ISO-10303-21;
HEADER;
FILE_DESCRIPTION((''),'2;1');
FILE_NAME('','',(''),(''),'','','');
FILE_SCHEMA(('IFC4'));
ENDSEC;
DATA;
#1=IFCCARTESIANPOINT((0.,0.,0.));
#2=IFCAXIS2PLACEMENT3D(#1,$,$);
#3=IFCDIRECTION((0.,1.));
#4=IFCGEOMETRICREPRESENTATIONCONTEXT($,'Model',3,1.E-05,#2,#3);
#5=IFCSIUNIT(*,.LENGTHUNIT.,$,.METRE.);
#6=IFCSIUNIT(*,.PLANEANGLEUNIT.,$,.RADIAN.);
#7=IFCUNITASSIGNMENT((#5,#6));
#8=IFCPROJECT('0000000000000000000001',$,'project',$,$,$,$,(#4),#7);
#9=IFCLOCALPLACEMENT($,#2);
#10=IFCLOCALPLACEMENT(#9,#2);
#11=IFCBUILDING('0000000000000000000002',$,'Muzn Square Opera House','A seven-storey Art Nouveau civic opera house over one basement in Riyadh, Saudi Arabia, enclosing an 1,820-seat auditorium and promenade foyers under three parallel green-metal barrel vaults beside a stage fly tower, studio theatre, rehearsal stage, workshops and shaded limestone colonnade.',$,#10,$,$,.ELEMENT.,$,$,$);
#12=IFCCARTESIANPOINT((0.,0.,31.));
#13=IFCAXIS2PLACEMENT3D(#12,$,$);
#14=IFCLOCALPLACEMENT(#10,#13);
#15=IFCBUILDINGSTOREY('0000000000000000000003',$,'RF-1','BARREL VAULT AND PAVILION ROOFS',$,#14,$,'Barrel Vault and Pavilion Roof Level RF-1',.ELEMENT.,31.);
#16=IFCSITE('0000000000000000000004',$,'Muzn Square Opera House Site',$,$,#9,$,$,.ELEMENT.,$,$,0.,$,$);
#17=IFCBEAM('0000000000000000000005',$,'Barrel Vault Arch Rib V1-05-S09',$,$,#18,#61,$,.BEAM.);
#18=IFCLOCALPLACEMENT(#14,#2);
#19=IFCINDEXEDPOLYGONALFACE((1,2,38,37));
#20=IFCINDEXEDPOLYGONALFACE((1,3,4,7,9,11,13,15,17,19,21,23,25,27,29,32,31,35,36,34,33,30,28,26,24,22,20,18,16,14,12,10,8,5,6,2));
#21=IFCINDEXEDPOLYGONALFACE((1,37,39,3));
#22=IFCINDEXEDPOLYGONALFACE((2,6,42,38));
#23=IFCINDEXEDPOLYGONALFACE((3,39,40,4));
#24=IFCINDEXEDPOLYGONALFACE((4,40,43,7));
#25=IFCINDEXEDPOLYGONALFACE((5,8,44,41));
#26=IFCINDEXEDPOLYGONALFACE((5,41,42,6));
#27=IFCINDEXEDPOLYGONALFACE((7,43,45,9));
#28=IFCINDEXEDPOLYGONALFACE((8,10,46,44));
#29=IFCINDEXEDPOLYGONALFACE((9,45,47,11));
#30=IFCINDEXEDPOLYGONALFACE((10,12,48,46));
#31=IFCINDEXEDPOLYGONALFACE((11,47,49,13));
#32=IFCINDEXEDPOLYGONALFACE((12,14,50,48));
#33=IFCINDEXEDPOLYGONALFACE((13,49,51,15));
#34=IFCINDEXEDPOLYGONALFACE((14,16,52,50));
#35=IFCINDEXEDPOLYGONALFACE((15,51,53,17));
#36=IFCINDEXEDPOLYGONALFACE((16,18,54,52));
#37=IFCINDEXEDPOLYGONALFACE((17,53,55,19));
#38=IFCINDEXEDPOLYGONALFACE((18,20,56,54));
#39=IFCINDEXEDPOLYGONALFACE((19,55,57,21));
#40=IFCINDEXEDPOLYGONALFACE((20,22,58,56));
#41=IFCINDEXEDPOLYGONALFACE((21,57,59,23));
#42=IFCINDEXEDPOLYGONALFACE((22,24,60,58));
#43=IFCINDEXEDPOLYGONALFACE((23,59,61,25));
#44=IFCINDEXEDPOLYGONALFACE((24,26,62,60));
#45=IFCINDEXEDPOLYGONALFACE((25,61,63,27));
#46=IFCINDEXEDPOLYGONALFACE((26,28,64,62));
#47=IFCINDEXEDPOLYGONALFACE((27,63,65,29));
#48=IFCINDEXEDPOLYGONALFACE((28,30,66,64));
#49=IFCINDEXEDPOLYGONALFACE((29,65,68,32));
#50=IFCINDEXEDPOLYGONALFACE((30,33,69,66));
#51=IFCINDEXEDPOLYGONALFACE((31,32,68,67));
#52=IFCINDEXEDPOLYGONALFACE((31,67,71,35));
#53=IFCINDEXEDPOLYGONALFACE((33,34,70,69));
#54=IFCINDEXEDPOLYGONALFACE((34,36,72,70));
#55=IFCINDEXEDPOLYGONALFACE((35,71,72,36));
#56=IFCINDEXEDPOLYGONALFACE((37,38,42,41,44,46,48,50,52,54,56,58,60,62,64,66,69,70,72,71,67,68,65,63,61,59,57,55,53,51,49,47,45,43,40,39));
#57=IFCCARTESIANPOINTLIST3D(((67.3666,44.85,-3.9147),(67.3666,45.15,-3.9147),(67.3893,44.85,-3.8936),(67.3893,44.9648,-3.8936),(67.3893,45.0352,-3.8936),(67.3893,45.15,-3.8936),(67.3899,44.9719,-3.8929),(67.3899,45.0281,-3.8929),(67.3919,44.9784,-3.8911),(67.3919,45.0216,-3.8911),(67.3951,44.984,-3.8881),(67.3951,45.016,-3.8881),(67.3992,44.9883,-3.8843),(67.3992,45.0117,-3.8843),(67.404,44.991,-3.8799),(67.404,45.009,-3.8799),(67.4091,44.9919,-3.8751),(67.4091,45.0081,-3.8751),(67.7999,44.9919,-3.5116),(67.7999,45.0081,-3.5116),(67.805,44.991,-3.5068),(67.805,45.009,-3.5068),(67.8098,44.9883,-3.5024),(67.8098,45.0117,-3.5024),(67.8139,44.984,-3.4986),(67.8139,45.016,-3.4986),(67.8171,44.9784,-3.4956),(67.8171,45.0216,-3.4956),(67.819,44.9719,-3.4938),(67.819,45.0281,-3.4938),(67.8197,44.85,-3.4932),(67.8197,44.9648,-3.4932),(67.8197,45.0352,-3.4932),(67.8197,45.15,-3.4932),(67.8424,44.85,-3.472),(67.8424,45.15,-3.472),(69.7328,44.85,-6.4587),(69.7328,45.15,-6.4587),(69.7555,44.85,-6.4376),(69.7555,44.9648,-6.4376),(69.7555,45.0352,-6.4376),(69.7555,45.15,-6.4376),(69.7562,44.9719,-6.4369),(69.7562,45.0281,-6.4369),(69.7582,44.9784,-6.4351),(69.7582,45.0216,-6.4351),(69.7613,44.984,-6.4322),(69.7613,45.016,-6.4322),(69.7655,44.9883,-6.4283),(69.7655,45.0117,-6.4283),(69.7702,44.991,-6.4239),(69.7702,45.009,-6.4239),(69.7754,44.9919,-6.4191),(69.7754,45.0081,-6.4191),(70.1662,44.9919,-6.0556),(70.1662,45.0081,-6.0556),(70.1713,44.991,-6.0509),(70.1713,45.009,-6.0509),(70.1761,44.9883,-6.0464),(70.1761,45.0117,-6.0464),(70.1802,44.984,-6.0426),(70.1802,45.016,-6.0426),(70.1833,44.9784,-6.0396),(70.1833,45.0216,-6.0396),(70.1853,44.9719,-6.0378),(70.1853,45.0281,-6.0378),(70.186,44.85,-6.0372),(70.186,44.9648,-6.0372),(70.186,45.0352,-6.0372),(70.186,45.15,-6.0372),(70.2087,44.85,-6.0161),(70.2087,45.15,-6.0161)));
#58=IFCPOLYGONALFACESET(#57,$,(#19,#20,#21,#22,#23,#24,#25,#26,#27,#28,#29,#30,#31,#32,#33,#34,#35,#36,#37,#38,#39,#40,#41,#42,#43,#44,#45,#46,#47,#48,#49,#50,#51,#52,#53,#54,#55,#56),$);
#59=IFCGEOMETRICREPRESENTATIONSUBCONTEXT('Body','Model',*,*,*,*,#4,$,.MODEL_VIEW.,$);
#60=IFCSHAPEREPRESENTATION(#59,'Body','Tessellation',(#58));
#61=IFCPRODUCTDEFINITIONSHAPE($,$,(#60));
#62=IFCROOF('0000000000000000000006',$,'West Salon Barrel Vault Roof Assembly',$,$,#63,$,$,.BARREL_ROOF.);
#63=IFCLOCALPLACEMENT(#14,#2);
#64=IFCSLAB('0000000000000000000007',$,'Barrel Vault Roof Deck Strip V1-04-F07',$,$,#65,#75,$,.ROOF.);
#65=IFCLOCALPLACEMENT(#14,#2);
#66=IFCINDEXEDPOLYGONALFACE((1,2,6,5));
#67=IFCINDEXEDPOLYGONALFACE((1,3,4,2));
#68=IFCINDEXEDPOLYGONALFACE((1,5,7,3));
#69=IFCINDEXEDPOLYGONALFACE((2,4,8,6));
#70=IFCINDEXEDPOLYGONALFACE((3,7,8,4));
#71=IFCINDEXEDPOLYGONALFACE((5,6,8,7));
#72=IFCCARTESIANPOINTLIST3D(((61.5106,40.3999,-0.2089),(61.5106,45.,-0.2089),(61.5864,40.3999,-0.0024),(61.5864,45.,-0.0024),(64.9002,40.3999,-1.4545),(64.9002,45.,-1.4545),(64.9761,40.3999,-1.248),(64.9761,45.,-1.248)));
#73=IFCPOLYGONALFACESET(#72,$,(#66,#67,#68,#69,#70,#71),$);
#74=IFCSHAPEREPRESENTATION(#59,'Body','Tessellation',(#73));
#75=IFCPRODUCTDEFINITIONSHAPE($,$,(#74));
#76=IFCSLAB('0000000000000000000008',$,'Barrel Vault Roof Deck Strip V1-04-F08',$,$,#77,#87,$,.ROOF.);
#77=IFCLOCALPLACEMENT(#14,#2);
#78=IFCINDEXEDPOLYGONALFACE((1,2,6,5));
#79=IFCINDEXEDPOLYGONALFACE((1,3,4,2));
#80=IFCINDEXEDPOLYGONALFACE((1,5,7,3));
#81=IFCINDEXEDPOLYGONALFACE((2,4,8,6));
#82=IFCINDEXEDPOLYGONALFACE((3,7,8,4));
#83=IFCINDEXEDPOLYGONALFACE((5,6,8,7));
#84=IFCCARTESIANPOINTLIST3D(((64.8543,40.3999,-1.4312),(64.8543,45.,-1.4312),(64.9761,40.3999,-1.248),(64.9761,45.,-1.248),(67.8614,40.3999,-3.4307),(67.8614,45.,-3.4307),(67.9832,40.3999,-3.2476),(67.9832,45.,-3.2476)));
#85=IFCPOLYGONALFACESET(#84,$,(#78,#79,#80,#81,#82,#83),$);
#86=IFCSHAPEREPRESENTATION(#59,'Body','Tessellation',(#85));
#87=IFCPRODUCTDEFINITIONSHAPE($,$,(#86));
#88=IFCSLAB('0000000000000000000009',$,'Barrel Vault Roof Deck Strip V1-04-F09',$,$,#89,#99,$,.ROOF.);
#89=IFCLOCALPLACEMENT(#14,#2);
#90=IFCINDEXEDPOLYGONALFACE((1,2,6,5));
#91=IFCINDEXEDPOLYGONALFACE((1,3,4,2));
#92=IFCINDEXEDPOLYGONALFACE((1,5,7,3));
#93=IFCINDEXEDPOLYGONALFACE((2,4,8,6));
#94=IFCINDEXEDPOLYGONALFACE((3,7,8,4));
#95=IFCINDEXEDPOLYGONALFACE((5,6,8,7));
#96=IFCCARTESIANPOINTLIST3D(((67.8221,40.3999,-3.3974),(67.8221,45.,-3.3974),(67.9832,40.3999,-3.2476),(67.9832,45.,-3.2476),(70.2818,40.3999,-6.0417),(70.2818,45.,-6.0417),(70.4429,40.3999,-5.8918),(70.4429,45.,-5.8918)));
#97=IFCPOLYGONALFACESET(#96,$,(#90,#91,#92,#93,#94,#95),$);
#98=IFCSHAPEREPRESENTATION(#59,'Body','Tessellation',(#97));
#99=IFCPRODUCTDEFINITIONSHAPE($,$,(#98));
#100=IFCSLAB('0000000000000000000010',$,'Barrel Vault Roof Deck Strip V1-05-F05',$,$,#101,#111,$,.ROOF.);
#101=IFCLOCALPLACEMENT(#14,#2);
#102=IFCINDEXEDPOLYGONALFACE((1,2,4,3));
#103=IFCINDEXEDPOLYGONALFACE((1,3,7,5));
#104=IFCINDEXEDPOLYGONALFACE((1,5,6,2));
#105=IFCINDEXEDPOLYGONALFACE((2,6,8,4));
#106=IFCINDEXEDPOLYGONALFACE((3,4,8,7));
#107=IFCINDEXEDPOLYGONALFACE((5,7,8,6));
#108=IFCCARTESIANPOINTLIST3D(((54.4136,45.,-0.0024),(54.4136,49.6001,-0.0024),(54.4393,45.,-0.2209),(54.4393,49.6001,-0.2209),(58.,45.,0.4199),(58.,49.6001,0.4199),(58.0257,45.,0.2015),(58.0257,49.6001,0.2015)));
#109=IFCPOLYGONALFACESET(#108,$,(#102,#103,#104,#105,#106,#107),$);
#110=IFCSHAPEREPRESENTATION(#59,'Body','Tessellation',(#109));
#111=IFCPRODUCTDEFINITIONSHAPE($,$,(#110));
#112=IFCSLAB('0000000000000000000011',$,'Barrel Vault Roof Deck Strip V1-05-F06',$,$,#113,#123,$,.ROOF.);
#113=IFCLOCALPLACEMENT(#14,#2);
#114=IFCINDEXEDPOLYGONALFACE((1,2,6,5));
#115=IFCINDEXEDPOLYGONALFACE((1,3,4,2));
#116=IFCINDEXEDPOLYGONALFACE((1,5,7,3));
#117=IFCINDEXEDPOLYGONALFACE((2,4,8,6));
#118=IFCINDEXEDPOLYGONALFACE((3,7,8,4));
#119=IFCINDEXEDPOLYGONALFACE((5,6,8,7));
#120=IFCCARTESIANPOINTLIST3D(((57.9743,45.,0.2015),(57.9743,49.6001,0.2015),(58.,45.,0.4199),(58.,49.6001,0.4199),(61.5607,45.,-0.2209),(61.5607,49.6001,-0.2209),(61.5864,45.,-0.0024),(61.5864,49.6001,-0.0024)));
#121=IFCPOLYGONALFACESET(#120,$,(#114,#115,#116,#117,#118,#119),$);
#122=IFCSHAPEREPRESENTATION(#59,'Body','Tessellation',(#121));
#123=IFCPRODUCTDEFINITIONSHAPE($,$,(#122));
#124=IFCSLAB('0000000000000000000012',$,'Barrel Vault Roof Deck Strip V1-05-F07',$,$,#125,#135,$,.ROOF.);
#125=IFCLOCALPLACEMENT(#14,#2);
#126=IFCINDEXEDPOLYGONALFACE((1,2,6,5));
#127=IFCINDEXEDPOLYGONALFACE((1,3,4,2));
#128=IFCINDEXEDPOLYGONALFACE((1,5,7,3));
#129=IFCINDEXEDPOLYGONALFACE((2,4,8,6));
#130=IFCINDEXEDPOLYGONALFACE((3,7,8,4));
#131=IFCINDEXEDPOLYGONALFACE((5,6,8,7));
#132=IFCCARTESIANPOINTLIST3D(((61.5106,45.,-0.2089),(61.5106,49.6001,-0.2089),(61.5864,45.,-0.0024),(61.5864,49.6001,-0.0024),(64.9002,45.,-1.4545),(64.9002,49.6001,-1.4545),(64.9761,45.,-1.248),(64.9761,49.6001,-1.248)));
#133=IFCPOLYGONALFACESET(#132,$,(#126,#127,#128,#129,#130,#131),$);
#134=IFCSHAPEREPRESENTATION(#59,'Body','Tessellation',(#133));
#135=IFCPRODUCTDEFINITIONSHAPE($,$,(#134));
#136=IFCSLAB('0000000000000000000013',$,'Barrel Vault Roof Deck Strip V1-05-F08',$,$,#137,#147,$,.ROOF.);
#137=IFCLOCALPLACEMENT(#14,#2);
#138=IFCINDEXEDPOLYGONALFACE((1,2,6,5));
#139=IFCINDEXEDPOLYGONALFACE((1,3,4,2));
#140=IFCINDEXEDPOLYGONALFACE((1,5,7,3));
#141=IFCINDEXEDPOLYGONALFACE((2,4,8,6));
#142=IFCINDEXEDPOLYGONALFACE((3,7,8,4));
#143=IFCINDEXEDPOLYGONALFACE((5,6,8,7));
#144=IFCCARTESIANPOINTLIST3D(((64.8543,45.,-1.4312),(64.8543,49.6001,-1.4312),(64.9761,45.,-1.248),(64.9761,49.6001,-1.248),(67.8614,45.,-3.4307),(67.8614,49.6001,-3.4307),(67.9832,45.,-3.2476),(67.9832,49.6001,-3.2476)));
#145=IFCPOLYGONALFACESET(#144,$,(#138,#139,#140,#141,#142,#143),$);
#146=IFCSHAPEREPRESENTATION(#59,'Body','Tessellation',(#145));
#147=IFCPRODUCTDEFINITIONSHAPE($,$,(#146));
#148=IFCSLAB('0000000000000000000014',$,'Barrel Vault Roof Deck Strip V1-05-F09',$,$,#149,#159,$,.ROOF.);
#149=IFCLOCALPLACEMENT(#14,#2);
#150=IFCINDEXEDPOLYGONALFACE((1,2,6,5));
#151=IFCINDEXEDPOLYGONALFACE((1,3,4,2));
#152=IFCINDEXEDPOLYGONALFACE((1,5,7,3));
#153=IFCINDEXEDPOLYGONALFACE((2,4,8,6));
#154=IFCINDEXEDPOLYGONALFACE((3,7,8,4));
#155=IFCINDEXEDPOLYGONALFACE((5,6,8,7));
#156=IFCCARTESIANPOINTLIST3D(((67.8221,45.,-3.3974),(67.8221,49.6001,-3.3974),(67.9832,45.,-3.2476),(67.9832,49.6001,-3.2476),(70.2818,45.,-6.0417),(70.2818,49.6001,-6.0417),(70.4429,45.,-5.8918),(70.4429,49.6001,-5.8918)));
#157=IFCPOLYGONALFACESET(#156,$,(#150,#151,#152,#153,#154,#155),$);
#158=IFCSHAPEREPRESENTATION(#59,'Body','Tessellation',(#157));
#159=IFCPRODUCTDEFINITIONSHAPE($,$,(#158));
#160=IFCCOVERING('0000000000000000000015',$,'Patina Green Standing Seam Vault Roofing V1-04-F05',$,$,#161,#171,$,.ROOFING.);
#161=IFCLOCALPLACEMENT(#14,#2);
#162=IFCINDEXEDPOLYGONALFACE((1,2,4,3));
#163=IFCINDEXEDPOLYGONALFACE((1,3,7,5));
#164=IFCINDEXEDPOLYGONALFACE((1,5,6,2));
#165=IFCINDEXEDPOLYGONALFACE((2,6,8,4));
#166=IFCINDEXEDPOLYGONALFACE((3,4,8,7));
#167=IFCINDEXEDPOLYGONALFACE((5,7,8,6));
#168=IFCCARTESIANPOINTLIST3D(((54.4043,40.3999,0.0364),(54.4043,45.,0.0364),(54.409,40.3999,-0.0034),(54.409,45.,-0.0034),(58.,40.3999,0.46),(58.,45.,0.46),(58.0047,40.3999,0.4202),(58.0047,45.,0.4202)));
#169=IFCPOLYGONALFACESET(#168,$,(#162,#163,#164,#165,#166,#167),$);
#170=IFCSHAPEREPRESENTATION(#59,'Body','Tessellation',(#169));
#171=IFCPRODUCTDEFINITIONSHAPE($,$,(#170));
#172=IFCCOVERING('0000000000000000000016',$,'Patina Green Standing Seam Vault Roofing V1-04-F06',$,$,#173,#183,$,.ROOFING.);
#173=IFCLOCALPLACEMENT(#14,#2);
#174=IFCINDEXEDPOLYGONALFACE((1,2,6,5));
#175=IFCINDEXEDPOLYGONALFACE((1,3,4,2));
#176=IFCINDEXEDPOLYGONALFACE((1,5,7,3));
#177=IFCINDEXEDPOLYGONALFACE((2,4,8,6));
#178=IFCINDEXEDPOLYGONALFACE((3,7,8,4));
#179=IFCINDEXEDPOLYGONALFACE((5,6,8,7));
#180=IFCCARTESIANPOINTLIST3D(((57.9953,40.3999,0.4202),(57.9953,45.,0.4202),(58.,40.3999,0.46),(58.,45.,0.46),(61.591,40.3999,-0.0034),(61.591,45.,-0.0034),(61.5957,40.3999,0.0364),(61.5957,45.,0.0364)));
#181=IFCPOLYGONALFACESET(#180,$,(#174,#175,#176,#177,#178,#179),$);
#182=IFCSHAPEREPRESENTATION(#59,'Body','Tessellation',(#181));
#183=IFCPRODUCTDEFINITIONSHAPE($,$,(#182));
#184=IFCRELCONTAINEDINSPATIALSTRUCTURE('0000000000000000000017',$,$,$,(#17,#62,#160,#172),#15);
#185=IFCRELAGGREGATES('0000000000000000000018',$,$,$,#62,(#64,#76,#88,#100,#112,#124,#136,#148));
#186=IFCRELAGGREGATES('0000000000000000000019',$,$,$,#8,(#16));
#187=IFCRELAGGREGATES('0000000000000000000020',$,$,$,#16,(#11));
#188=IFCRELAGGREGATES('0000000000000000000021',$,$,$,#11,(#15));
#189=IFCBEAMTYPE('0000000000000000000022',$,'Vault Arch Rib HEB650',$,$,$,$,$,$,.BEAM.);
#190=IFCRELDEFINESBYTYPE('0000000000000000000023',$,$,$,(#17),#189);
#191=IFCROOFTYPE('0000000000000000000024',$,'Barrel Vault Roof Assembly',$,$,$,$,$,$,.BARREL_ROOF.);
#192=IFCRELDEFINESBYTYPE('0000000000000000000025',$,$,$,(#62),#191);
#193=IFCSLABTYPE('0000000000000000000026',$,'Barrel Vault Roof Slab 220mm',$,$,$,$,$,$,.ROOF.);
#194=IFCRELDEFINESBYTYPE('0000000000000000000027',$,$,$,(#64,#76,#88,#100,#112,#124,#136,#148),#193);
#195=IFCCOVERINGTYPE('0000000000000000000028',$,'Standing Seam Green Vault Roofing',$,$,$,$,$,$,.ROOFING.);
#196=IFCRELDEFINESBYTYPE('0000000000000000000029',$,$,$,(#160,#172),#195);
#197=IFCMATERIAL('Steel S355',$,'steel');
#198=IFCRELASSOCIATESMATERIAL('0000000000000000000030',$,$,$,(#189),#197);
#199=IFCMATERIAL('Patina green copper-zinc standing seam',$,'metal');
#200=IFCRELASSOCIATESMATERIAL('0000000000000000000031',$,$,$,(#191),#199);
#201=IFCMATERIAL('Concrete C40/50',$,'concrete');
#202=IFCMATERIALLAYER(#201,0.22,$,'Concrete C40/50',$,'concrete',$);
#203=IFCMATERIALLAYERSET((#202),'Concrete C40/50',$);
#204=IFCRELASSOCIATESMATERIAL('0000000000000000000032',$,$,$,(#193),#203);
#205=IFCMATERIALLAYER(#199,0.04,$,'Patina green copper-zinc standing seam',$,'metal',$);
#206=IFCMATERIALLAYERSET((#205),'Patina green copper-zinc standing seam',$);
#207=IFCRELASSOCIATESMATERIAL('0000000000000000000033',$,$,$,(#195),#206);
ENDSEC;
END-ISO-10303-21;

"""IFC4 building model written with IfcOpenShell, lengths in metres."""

from ifc_helpers import new_model, si_unit, direction, frame, origin, origin_2d, place, context, subcontext, project, spatial, polyline, i_section, outline, extrude, material, layer, layer_set, material_profile, profile_set, type_object, element, aggregate, save


model = new_model("IFC4")

# Units and contexts
model_context = context("Model", 3, precision=1e-05, world=origin(), true_north=direction((0.0, 1.0)))
body_context = subcontext(model_context, "Body", "Model", "MODEL_VIEW")
ifc_project = project(units=[si_unit("LENGTHUNIT", "METRE"), si_unit("PLANEANGLEUNIT", "RADIAN")], contexts=[model_context])

# Site, building, storey
site_placement = place(None, origin())
site = spatial("IfcSite", under=ifc_project, at=site_placement, Name="Muzn Square Opera House Site", CompositionType="ELEMENT", RefElevation=0.0)
building_placement = place(site_placement, origin())
building = spatial("IfcBuilding", under=site, at=building_placement, Name="Muzn Square Opera House", Description="A seven-storey Art Nouveau civic opera house over one basement in Riyadh, Saudi Arabia, enclosing an 1,820-seat auditorium and promenade foyers under three parallel green-metal barrel vaults beside a stage fly tower, studio theatre, rehearsal stage, workshops and shaded limestone colonnade.", CompositionType="ELEMENT")
storey_placement = place(building_placement, frame((0.0, 0.0, 31.0)))
storey = spatial("IfcBuildingStorey", under=building, at=storey_placement, Name="RF-1", Description="BARREL VAULT AND PAVILION ROOFS", LongName="Barrel Vault and Pavilion Roof Level RF-1", CompositionType="ELEMENT", Elevation=31.0)

# Beam
ifc_material_1 = material(Name="Steel S355", Category="steel")
ifc_material_profile_1 = material_profile(ifc_material_1, i_section(OverallWidth=0.3, OverallDepth=0.6499, WebThickness=0.0161, FlangeThickness=0.031, FilletRadius=0.0271, at=origin_2d()), Name="HEB 650", Category="steel")
ifc_profile_set_1 = profile_set([ifc_material_profile_1], Name="Steel S355")
beam_type_1 = type_object("IfcBeamType", Name="Vault Arch Rib HEB650", PredefinedType="BEAM", material=ifc_profile_set_1)
for number, where, z_axis, x_axis, name in (
    (1, (67.6045, 45.0, -3.6934), (0.681065, 0.0, -0.732223), (0.0, 1.0, 0.0), "Barrel Vault Arch Rib V1-05-S09"),
):
    element("IfcBeam", number, at=place(storey_placement, frame(where, z_axis=z_axis, x_axis=x_axis)), inside=storey, type_object=beam_type_1, Name=name, PredefinedType="BEAM", context=body_context, shape_type="SweptSolid", body=[
        extrude(i_section(OverallWidth=0.3, OverallDepth=0.6499, WebThickness=0.0161, FlangeThickness=0.031, FilletRadius=0.0271, at=origin_2d()), origin(), (0.0, 0.0, 1.0), 3.4744),
    ])

# Roof, slabs
ifc_material_2 = material(Name="Patina green copper-zinc standing seam", Category="metal")
roof_type = type_object("IfcRoofType", Name="Barrel Vault Roof Assembly", PredefinedType="BARREL_ROOF", material=ifc_material_2)
roof_placement = place(storey_placement, origin())
roof = element("IfcRoof", 2, at=roof_placement, inside=storey, type_object=roof_type, Name="West Salon Barrel Vault Roof Assembly", PredefinedType="BARREL_ROOF")
ifc_material_3 = material(Name="Concrete C40/50", Category="concrete")
ifc_layer_1 = layer(ifc_material_3, 0.22, Name="Concrete C40/50", Category="concrete")
ifc_layer_set_1 = layer_set([ifc_layer_1], Name="Concrete C40/50")
slab_type = type_object("IfcSlabType", Name="Barrel Vault Roof Slab 220mm", PredefinedType="ROOF", material=ifc_layer_set_1)
slab_1_placement = place(storey_placement, frame((61.5864, 40.3999, -0.0024), z_axis=(0.344922, 0.0, 0.938631), x_axis=(0.938631, 0.0, -0.344922)))
slab_1 = element("IfcSlab", 3, at=slab_1_placement, type_object=slab_type, Name="Barrel Vault Roof Deck Strip V1-04-F07", PredefinedType="ROOF", context=body_context, shape_type="SweptSolid", body=[
    extrude(outline(polyline([(0.0, 0.0), (3.6113, 0.0), (3.6113, 4.6001), (0.0, 4.6001), (0.0, 0.0)])), origin(), (0.0, 0.0, -1.0), 0.22),
])
slab_2_placement = place(storey_placement, frame((64.9761, 40.3999, -1.248), z_axis=(0.553701, 0.0, 0.832715), x_axis=(0.832715, 0.0, -0.553701)))
slab_2 = element("IfcSlab", 4, at=slab_2_placement, type_object=slab_type, Name="Barrel Vault Roof Deck Strip V1-04-F08", PredefinedType="ROOF", context=body_context, shape_type="SweptSolid", body=[
    extrude(outline(polyline([(0.0, 0.0), (3.6112, 0.0), (3.6112, 4.6001), (0.0, 4.6001), (0.0, 0.0)])), origin(), (0.0, 0.0, -1.0), 0.22),
])
slab_3_placement = place(storey_placement, frame((67.9832, 40.3999, -3.2476), z_axis=(0.732198, 0.0, 0.681091), x_axis=(0.681091, 0.0, -0.732198)))
slab_3 = element("IfcSlab", 5, at=slab_3_placement, type_object=slab_type, Name="Barrel Vault Roof Deck Strip V1-04-F09", PredefinedType="ROOF", context=body_context, shape_type="SweptSolid", body=[
    extrude(outline(polyline([(0.0, 0.0), (3.6114, 0.0), (3.6114, 4.6001), (0.0, 4.6001), (0.0, 0.0)])), origin(), (0.0, 0.0, -1.0), 0.22),
])
slab_4_placement = place(storey_placement, frame((58.0, 45.0, 0.4199), z_axis=(-0.116959, 0.0, 0.993137), x_axis=(0.0, 1.0, 0.0)))
slab_4 = element("IfcSlab", 6, at=slab_4_placement, type_object=slab_type, Name="Barrel Vault Roof Deck Strip V1-05-F05", PredefinedType="ROOF", context=body_context, shape_type="SweptSolid", body=[
    extrude(outline(polyline([(0.0, 3.6112), (0.0, 0.0), (4.6001, 0.0), (4.6001, 3.6112), (0.0, 3.6112)])), origin(), (0.0, 0.0, -1.0), 0.22),
])
slab_5_placement = place(storey_placement, frame((58.0, 45.0, 0.4199), z_axis=(0.116959, 0.0, 0.993137), x_axis=(0.993137, 0.0, -0.116959)))
slab_5 = element("IfcSlab", 7, at=slab_5_placement, type_object=slab_type, Name="Barrel Vault Roof Deck Strip V1-05-F06", PredefinedType="ROOF", context=body_context, shape_type="SweptSolid", body=[
    extrude(outline(polyline([(0.0, 0.0), (3.6112, 0.0), (3.6112, 4.6001), (0.0, 4.6001), (0.0, 0.0)])), origin(), (0.0, 0.0, -1.0), 0.22),
])
slab_6_placement = place(storey_placement, frame((61.5864, 45.0, -0.0024), z_axis=(0.344922, 0.0, 0.938631), x_axis=(0.938631, 0.0, -0.344922)))
slab_6 = element("IfcSlab", 8, at=slab_6_placement, type_object=slab_type, Name="Barrel Vault Roof Deck Strip V1-05-F07", PredefinedType="ROOF", context=body_context, shape_type="SweptSolid", body=[
    extrude(outline(polyline([(0.0, 0.0), (3.6113, 0.0), (3.6113, 4.6001), (0.0, 4.6001), (0.0, 0.0)])), origin(), (0.0, 0.0, -1.0), 0.22),
])
slab_7_placement = place(storey_placement, frame((64.9761, 45.0, -1.248), z_axis=(0.553701, 0.0, 0.832715), x_axis=(0.832715, 0.0, -0.553701)))
slab_7 = element("IfcSlab", 9, at=slab_7_placement, type_object=slab_type, Name="Barrel Vault Roof Deck Strip V1-05-F08", PredefinedType="ROOF", context=body_context, shape_type="SweptSolid", body=[
    extrude(outline(polyline([(0.0, 0.0), (3.6112, 0.0), (3.6112, 4.6001), (0.0, 4.6001), (0.0, 0.0)])), origin(), (0.0, 0.0, -1.0), 0.22),
])
slab_8_placement = place(storey_placement, frame((67.9832, 45.0, -3.2476), z_axis=(0.732198, 0.0, 0.681091), x_axis=(0.681091, 0.0, -0.732198)))
slab_8 = element("IfcSlab", 10, at=slab_8_placement, type_object=slab_type, Name="Barrel Vault Roof Deck Strip V1-05-F09", PredefinedType="ROOF", context=body_context, shape_type="SweptSolid", body=[
    extrude(outline(polyline([(0.0, 0.0), (3.6114, 0.0), (3.6114, 4.6001), (0.0, 4.6001), (0.0, 0.0)])), origin(), (0.0, 0.0, -1.0), 0.22),
])
aggregate(roof, [slab_1, slab_2, slab_3, slab_4, slab_5, slab_6, slab_7, slab_8])

# Coverings
ifc_layer_2 = layer(ifc_material_2, 0.04, Name="Patina green copper-zinc standing seam", Category="metal")
ifc_layer_set_2 = layer_set([ifc_layer_2], Name="Patina green copper-zinc standing seam")
covering_type = type_object("IfcCoveringType", Name="Standing Seam Green Vault Roofing", PredefinedType="ROOFING", material=ifc_layer_set_2)
covering_1_placement = place(storey_placement, frame((58.0, 40.3999, 0.46), z_axis=(-0.116994, 0.0, 0.993133), x_axis=(0.0, 1.0, 0.0)))
element("IfcCovering", 11, at=covering_1_placement, inside=storey, type_object=covering_type, Name="Patina Green Standing Seam Vault Roofing V1-04-F05", PredefinedType="ROOFING", context=body_context, shape_type="SweptSolid", body=[
    extrude(outline(polyline([(0.0, 3.6206), (0.0, 0.0), (4.6001, 0.0), (4.6001, 3.6206), (0.0, 3.6206)])), origin(), (0.0, 0.0, -1.0), 0.04),
])
covering_2_placement = place(storey_placement, frame((58.0, 40.3999, 0.46), z_axis=(0.116994, 0.0, 0.993133), x_axis=(0.993133, 0.0, -0.116994)))
element("IfcCovering", 12, at=covering_2_placement, inside=storey, type_object=covering_type, Name="Patina Green Standing Seam Vault Roofing V1-04-F06", PredefinedType="ROOFING", context=body_context, shape_type="SweptSolid", body=[
    extrude(outline(polyline([(0.0, 0.0), (3.6206, 0.0), (3.6206, 4.6001), (0.0, 4.6001), (0.0, 0.0)])), origin(), (0.0, 0.0, -1.0), 0.04),
])

save(model, "model.ifc")
